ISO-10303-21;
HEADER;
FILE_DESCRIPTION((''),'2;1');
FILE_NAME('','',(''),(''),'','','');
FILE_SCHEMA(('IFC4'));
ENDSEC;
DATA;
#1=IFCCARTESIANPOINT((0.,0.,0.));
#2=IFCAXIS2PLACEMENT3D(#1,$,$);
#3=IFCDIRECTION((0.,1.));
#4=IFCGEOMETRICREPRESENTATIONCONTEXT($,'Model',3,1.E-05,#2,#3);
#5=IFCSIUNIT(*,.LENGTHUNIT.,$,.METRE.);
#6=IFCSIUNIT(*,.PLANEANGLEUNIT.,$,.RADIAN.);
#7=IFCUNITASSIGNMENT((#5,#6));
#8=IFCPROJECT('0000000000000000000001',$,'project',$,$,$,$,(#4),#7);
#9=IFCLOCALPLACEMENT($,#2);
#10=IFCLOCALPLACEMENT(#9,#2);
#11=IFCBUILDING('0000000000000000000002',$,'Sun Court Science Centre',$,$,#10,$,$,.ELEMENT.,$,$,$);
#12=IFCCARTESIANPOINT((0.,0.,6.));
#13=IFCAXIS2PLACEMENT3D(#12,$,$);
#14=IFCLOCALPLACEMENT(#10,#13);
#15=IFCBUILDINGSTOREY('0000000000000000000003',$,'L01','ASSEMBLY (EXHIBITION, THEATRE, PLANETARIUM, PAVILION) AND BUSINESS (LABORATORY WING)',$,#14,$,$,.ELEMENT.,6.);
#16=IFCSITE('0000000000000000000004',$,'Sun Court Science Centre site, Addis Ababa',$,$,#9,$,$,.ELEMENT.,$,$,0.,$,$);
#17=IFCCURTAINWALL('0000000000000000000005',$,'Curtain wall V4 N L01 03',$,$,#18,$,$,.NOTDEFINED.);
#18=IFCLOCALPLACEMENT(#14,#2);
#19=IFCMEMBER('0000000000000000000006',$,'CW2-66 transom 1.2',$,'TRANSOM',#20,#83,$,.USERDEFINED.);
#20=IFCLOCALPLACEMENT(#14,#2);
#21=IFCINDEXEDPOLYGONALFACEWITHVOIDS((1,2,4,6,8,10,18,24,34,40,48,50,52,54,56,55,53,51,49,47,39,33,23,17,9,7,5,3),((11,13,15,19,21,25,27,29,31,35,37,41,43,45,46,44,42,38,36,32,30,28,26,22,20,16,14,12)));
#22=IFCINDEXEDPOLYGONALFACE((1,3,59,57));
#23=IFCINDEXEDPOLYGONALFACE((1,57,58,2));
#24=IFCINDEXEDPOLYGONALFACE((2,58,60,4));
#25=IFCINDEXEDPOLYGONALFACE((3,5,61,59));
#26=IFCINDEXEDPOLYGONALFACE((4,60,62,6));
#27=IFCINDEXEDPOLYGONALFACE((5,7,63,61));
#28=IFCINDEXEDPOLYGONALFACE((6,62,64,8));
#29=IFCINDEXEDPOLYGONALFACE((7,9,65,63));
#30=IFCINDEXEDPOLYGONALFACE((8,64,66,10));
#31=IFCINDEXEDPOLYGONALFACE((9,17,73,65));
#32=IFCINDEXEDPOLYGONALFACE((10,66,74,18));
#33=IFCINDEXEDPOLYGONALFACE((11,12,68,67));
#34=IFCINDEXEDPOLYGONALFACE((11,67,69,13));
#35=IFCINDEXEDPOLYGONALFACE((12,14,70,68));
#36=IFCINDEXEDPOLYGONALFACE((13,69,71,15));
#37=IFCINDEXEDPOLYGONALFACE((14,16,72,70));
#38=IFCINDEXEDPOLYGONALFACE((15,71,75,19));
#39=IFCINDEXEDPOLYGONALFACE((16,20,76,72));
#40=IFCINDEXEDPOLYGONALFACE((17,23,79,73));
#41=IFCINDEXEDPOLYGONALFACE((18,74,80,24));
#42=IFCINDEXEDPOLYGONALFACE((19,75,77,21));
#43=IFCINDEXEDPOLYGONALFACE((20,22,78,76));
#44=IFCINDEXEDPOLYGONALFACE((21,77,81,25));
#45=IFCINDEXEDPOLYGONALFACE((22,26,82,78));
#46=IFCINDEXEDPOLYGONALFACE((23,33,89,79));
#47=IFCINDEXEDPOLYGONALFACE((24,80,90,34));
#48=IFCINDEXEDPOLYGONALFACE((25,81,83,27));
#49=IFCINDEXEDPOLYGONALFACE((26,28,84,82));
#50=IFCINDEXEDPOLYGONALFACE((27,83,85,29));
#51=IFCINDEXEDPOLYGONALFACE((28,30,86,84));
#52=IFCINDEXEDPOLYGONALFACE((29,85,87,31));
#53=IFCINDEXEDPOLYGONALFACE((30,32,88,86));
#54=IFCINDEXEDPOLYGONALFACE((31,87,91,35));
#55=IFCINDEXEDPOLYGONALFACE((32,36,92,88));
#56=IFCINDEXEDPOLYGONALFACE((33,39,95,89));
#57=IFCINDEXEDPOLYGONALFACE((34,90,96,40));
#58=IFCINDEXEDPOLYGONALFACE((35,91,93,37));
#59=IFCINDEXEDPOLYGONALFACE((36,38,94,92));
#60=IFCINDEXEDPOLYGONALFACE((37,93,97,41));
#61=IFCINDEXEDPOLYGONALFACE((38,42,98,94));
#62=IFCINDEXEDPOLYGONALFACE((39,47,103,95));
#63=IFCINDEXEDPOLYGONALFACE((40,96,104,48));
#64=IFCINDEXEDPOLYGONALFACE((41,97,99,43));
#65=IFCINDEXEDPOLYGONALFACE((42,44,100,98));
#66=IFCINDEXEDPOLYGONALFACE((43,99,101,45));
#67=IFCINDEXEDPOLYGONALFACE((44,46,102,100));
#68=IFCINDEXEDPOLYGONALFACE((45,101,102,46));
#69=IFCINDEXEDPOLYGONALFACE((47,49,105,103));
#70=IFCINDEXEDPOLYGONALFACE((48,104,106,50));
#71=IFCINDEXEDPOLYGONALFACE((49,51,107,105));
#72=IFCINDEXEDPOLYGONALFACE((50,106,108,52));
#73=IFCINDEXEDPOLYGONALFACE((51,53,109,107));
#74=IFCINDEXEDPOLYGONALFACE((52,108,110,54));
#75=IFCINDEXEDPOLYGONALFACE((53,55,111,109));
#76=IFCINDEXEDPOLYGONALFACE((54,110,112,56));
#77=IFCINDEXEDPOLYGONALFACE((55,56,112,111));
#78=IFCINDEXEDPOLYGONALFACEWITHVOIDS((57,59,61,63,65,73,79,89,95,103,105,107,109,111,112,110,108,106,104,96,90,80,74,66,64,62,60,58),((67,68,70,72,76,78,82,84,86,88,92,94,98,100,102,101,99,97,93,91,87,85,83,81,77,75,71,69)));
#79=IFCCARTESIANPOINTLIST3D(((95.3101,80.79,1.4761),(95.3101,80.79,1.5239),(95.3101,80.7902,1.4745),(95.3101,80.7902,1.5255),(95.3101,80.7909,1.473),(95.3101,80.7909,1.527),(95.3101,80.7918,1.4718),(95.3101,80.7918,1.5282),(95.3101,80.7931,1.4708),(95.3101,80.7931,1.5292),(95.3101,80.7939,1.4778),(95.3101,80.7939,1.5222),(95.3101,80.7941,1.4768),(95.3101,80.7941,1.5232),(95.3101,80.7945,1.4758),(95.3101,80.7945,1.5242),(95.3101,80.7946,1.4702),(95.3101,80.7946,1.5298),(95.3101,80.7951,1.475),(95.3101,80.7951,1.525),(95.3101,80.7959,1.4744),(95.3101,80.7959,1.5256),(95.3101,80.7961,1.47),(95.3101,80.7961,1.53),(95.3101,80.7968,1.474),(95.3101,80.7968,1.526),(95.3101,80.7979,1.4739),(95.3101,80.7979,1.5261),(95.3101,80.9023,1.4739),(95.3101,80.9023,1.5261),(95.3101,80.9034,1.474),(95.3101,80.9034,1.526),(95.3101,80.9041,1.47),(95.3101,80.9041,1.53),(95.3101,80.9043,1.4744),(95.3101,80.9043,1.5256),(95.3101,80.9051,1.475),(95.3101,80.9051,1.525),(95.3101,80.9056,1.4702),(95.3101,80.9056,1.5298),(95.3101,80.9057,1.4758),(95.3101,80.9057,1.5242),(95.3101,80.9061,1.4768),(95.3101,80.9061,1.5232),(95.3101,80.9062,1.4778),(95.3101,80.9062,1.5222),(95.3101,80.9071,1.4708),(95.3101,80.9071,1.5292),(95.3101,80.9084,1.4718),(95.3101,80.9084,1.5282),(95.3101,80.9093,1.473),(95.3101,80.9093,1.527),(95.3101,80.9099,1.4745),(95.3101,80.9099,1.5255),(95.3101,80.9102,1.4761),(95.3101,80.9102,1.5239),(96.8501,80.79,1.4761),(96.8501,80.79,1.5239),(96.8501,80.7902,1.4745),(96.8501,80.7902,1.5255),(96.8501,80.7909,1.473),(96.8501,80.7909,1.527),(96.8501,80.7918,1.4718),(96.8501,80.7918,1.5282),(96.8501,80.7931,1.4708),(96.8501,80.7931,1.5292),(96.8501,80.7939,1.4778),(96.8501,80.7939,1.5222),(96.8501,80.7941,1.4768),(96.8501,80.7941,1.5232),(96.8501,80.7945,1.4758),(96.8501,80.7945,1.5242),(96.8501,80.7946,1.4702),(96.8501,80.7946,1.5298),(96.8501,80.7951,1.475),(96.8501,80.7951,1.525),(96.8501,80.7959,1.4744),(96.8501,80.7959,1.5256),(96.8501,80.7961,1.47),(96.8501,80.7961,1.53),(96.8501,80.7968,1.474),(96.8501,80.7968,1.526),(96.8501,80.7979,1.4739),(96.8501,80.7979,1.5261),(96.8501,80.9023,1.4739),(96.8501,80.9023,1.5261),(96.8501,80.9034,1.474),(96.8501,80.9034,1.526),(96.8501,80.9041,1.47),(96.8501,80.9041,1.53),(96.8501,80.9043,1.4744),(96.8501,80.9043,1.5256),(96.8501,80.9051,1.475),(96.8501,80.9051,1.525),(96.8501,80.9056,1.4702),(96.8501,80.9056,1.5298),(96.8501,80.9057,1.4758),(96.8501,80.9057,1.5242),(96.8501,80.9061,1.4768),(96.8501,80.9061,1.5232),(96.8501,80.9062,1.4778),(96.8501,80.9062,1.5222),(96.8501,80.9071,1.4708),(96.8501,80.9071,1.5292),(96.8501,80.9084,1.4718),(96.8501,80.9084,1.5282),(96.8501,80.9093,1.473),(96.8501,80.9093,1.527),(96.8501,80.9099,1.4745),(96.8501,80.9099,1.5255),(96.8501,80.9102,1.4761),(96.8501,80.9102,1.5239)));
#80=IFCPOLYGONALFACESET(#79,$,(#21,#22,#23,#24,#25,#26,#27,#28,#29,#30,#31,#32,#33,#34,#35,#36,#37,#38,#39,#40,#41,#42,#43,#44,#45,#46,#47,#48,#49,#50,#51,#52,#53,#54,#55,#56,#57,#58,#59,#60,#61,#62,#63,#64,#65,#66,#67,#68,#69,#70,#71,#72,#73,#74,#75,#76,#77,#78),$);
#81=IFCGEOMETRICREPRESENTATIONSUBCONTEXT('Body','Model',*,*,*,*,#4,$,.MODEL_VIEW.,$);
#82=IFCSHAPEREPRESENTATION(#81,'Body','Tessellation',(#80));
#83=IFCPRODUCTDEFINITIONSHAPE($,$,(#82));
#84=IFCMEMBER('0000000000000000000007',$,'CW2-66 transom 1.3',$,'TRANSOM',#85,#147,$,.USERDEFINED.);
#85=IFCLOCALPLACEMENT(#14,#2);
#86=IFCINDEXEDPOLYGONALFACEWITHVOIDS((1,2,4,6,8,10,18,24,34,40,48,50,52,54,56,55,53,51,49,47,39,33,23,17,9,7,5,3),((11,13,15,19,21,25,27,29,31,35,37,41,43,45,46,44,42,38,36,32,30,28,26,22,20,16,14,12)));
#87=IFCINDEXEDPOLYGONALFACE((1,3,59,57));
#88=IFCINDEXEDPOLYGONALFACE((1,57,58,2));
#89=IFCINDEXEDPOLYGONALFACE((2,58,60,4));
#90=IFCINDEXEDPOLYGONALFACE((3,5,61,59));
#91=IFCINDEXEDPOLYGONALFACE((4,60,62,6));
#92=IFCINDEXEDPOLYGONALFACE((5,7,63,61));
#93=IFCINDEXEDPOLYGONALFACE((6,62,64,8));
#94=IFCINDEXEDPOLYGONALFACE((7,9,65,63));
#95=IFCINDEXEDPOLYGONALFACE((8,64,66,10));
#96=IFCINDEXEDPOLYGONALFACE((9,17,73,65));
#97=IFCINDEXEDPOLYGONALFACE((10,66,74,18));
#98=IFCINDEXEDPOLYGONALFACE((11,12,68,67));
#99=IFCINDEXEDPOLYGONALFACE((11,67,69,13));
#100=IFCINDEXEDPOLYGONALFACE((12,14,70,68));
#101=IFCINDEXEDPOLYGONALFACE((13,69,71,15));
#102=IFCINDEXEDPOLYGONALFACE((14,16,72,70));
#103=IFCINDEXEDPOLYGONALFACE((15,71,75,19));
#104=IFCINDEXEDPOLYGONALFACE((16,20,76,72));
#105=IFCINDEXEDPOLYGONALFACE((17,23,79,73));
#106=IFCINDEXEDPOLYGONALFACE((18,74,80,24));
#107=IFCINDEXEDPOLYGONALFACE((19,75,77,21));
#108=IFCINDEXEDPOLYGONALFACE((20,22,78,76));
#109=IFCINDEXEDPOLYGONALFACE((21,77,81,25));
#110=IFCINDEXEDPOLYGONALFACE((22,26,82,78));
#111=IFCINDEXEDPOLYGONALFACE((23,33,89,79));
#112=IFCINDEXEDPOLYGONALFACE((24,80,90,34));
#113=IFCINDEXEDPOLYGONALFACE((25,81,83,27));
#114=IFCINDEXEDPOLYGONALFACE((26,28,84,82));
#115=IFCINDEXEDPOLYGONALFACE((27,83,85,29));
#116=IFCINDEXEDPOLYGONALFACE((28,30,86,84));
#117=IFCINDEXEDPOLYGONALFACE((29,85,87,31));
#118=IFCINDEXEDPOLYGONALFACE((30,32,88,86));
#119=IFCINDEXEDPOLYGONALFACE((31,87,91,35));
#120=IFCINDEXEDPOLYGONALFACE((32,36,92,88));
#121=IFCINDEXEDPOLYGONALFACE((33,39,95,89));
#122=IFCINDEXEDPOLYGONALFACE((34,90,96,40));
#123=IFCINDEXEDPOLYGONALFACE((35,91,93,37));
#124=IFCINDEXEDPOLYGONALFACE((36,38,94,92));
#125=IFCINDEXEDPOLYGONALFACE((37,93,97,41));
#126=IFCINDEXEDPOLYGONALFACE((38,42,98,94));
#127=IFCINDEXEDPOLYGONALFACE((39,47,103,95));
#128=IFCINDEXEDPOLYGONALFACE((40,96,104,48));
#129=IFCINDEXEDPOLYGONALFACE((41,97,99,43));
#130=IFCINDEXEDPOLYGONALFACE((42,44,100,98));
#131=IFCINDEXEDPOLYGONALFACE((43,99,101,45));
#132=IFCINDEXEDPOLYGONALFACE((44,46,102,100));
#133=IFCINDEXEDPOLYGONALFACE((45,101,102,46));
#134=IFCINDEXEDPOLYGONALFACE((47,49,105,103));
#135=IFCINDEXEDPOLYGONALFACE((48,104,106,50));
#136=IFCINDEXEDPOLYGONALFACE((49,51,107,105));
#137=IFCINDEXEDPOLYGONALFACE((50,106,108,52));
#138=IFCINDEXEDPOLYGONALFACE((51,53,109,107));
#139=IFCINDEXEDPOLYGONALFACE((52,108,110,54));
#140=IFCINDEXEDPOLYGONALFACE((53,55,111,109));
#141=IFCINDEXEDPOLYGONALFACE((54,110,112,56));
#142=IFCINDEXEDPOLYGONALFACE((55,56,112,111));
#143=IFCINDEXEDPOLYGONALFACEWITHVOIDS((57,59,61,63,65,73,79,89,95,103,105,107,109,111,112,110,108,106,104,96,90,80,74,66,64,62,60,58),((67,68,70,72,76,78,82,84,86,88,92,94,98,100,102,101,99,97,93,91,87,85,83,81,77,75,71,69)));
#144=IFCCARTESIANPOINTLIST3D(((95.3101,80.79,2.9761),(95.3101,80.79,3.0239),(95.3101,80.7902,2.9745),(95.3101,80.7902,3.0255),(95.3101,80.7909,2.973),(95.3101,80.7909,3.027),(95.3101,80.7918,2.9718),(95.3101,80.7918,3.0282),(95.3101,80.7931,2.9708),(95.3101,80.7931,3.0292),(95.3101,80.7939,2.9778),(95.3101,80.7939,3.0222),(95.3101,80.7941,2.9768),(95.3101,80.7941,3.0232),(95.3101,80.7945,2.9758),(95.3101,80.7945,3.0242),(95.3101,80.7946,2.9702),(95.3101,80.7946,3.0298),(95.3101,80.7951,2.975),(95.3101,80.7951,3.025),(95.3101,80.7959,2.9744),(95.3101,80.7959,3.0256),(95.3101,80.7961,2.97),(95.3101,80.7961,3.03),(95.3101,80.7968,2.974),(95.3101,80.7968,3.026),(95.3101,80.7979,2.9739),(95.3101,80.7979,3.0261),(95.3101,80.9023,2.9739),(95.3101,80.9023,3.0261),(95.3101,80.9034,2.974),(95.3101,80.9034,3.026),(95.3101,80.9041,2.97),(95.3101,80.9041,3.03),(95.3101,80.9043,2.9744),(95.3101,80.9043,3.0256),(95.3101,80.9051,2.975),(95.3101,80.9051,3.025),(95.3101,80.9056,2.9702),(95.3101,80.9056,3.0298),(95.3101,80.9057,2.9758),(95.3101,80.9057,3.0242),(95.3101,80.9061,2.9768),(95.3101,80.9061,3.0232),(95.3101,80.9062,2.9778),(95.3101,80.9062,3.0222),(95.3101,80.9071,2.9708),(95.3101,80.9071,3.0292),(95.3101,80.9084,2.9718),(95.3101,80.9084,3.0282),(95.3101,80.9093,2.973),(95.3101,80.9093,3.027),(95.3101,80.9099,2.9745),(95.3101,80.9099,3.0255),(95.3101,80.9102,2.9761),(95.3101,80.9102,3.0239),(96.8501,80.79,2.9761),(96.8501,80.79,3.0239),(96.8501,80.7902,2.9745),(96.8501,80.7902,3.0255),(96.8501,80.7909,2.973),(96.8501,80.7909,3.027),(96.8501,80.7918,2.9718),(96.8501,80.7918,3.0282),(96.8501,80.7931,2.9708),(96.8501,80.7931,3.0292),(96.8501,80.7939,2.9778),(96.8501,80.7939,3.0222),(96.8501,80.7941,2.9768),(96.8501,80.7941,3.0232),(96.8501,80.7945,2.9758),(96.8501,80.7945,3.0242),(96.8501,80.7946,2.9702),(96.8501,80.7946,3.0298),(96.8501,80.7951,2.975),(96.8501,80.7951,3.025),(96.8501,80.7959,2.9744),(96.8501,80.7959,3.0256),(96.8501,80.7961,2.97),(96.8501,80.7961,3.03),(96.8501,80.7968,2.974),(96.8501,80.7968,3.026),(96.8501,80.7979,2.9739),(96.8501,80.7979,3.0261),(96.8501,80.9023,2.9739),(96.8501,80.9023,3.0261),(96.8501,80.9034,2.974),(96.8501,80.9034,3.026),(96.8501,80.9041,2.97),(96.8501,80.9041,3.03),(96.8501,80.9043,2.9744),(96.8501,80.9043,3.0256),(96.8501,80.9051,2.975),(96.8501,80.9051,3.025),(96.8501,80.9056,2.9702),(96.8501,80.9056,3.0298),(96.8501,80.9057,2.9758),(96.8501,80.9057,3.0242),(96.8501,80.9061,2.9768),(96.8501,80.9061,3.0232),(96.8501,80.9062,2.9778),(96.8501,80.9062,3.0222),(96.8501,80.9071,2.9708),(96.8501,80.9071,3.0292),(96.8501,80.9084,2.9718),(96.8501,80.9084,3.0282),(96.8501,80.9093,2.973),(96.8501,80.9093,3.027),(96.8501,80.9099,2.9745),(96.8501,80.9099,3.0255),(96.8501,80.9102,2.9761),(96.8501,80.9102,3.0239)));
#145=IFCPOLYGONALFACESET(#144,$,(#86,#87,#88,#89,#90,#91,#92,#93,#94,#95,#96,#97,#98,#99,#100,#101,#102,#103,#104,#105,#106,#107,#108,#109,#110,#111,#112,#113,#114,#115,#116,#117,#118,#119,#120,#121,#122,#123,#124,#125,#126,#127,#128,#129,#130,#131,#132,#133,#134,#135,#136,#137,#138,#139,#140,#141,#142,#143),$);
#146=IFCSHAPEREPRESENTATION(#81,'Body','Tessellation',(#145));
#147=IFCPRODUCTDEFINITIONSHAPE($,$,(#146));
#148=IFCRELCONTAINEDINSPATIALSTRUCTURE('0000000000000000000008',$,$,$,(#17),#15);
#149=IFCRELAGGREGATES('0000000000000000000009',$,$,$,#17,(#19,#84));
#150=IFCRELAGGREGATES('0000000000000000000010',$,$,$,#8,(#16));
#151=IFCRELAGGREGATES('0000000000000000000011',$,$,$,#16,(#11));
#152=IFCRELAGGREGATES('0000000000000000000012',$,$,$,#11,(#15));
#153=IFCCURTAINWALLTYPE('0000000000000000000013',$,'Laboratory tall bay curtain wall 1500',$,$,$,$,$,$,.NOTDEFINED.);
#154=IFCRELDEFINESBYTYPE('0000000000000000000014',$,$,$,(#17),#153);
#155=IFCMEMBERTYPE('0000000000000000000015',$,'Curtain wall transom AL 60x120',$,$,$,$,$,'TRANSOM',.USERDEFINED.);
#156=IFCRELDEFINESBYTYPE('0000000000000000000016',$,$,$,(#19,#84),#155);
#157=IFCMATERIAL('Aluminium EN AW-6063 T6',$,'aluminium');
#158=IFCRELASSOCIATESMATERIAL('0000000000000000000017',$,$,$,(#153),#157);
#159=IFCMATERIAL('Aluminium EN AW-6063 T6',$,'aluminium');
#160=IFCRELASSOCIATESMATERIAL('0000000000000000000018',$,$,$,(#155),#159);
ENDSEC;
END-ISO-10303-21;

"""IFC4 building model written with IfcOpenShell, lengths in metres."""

from ifc_helpers import new_model, si_unit, direction, frame, origin, origin_2d, place, context, subcontext, project, spatial, hollow_rectangle, extrude, material, material_profile, profile_set, type_object, element, aggregate, save


model = new_model("IFC4")

# Units and contexts
model_context = context("Model", 3, precision=1e-05, world=origin(), true_north=direction((0.0, 1.0)))
body_context = subcontext(model_context, "Body", "Model", "MODEL_VIEW")
ifc_project = project(units=[si_unit("LENGTHUNIT", "METRE"), si_unit("PLANEANGLEUNIT", "RADIAN")], contexts=[model_context])

# Site, building, storey
site_placement = place(None, origin())
site = spatial("IfcSite", under=ifc_project, at=site_placement, Name="Sun Court Science Centre site, Addis Ababa", CompositionType="ELEMENT", RefElevation=0.0)
building_placement = place(site_placement, origin())
building = spatial("IfcBuilding", under=site, at=building_placement, Name="Sun Court Science Centre", CompositionType="ELEMENT")
storey_placement = place(building_placement, frame((0.0, 0.0, 6.0)))
storey = spatial("IfcBuildingStorey", under=building, at=storey_placement, Name="L01", Description="ASSEMBLY (EXHIBITION, THEATRE, PLANETARIUM, PAVILION) AND BUSINESS (LABORATORY WING)", CompositionType="ELEMENT", Elevation=6.0)

# Shared definitions
ifc_material_1 = material(Name="Aluminium EN AW-6063 T6", Category="aluminium")
curtain_wall_type = type_object("IfcCurtainWallType", Name="Laboratory tall bay curtain wall 1500", PredefinedType="NOTDEFINED", material=ifc_material_1)

# Curtain wall
curtain_wall_1_placement = place(storey_placement, origin())
curtain_wall_1 = element("IfcCurtainWall", 1, at=curtain_wall_1_placement, inside=storey, type_object=curtain_wall_type, Name="Curtain wall V4 N L01 03", PredefinedType="NOTDEFINED")

# Members
ifc_material_2 = material(Name="Aluminium EN AW-6063 T6", Category="aluminium")
ifc_material_profile_1 = material_profile(ifc_material_2, hollow_rectangle(XDim=0.0601, YDim=0.1201, WallThickness=0.0039, InnerFilletRadius=0.0039, OuterFilletRadius=0.0061, at=origin_2d()), Name="AL 60x120x4")
ifc_profile_set_1 = profile_set([ifc_material_profile_1], Name="Aluminium EN AW-6063 T6")
member_type_1 = type_object("IfcMemberType", Name="Curtain wall transom AL 60x120", ElementType="TRANSOM", PredefinedType="USERDEFINED", material=ifc_profile_set_1)
member_1_placement = place(storey_placement, frame((95.3101, 80.8501, 1.5), z_axis=(1.0, 0.0, 0.0), x_axis=(0.0, 0.0, 1.0)))
member_1 = element("IfcMember", 2, at=member_1_placement, type_object=member_type_1, Name="CW2-66 transom 1.2", ObjectType="TRANSOM", PredefinedType="USERDEFINED", context=body_context, shape_type="SweptSolid", body=[
    extrude(hollow_rectangle(XDim=0.0601, YDim=0.1201, WallThickness=0.0039, InnerFilletRadius=0.0039, OuterFilletRadius=0.0061, at=origin_2d()), origin(), (0.0, 0.0, 1.0), 1.54),
])
member_2_placement = place(storey_placement, frame((95.3101, 80.8501, 3.0), z_axis=(1.0, 0.0, 0.0), x_axis=(0.0, 0.0, 1.0)))
member_2 = element("IfcMember", 3, at=member_2_placement, type_object=member_type_1, Name="CW2-66 transom 1.3", ObjectType="TRANSOM", PredefinedType="USERDEFINED", context=body_context, shape_type="SweptSolid", body=[
    extrude(hollow_rectangle(XDim=0.0601, YDim=0.1201, WallThickness=0.0039, InnerFilletRadius=0.0039, OuterFilletRadius=0.0061, at=origin_2d()), origin(), (0.0, 0.0, 1.0), 1.54),
])
aggregate(curtain_wall_1, [member_1, member_2])

save(model, "model.ifc")
